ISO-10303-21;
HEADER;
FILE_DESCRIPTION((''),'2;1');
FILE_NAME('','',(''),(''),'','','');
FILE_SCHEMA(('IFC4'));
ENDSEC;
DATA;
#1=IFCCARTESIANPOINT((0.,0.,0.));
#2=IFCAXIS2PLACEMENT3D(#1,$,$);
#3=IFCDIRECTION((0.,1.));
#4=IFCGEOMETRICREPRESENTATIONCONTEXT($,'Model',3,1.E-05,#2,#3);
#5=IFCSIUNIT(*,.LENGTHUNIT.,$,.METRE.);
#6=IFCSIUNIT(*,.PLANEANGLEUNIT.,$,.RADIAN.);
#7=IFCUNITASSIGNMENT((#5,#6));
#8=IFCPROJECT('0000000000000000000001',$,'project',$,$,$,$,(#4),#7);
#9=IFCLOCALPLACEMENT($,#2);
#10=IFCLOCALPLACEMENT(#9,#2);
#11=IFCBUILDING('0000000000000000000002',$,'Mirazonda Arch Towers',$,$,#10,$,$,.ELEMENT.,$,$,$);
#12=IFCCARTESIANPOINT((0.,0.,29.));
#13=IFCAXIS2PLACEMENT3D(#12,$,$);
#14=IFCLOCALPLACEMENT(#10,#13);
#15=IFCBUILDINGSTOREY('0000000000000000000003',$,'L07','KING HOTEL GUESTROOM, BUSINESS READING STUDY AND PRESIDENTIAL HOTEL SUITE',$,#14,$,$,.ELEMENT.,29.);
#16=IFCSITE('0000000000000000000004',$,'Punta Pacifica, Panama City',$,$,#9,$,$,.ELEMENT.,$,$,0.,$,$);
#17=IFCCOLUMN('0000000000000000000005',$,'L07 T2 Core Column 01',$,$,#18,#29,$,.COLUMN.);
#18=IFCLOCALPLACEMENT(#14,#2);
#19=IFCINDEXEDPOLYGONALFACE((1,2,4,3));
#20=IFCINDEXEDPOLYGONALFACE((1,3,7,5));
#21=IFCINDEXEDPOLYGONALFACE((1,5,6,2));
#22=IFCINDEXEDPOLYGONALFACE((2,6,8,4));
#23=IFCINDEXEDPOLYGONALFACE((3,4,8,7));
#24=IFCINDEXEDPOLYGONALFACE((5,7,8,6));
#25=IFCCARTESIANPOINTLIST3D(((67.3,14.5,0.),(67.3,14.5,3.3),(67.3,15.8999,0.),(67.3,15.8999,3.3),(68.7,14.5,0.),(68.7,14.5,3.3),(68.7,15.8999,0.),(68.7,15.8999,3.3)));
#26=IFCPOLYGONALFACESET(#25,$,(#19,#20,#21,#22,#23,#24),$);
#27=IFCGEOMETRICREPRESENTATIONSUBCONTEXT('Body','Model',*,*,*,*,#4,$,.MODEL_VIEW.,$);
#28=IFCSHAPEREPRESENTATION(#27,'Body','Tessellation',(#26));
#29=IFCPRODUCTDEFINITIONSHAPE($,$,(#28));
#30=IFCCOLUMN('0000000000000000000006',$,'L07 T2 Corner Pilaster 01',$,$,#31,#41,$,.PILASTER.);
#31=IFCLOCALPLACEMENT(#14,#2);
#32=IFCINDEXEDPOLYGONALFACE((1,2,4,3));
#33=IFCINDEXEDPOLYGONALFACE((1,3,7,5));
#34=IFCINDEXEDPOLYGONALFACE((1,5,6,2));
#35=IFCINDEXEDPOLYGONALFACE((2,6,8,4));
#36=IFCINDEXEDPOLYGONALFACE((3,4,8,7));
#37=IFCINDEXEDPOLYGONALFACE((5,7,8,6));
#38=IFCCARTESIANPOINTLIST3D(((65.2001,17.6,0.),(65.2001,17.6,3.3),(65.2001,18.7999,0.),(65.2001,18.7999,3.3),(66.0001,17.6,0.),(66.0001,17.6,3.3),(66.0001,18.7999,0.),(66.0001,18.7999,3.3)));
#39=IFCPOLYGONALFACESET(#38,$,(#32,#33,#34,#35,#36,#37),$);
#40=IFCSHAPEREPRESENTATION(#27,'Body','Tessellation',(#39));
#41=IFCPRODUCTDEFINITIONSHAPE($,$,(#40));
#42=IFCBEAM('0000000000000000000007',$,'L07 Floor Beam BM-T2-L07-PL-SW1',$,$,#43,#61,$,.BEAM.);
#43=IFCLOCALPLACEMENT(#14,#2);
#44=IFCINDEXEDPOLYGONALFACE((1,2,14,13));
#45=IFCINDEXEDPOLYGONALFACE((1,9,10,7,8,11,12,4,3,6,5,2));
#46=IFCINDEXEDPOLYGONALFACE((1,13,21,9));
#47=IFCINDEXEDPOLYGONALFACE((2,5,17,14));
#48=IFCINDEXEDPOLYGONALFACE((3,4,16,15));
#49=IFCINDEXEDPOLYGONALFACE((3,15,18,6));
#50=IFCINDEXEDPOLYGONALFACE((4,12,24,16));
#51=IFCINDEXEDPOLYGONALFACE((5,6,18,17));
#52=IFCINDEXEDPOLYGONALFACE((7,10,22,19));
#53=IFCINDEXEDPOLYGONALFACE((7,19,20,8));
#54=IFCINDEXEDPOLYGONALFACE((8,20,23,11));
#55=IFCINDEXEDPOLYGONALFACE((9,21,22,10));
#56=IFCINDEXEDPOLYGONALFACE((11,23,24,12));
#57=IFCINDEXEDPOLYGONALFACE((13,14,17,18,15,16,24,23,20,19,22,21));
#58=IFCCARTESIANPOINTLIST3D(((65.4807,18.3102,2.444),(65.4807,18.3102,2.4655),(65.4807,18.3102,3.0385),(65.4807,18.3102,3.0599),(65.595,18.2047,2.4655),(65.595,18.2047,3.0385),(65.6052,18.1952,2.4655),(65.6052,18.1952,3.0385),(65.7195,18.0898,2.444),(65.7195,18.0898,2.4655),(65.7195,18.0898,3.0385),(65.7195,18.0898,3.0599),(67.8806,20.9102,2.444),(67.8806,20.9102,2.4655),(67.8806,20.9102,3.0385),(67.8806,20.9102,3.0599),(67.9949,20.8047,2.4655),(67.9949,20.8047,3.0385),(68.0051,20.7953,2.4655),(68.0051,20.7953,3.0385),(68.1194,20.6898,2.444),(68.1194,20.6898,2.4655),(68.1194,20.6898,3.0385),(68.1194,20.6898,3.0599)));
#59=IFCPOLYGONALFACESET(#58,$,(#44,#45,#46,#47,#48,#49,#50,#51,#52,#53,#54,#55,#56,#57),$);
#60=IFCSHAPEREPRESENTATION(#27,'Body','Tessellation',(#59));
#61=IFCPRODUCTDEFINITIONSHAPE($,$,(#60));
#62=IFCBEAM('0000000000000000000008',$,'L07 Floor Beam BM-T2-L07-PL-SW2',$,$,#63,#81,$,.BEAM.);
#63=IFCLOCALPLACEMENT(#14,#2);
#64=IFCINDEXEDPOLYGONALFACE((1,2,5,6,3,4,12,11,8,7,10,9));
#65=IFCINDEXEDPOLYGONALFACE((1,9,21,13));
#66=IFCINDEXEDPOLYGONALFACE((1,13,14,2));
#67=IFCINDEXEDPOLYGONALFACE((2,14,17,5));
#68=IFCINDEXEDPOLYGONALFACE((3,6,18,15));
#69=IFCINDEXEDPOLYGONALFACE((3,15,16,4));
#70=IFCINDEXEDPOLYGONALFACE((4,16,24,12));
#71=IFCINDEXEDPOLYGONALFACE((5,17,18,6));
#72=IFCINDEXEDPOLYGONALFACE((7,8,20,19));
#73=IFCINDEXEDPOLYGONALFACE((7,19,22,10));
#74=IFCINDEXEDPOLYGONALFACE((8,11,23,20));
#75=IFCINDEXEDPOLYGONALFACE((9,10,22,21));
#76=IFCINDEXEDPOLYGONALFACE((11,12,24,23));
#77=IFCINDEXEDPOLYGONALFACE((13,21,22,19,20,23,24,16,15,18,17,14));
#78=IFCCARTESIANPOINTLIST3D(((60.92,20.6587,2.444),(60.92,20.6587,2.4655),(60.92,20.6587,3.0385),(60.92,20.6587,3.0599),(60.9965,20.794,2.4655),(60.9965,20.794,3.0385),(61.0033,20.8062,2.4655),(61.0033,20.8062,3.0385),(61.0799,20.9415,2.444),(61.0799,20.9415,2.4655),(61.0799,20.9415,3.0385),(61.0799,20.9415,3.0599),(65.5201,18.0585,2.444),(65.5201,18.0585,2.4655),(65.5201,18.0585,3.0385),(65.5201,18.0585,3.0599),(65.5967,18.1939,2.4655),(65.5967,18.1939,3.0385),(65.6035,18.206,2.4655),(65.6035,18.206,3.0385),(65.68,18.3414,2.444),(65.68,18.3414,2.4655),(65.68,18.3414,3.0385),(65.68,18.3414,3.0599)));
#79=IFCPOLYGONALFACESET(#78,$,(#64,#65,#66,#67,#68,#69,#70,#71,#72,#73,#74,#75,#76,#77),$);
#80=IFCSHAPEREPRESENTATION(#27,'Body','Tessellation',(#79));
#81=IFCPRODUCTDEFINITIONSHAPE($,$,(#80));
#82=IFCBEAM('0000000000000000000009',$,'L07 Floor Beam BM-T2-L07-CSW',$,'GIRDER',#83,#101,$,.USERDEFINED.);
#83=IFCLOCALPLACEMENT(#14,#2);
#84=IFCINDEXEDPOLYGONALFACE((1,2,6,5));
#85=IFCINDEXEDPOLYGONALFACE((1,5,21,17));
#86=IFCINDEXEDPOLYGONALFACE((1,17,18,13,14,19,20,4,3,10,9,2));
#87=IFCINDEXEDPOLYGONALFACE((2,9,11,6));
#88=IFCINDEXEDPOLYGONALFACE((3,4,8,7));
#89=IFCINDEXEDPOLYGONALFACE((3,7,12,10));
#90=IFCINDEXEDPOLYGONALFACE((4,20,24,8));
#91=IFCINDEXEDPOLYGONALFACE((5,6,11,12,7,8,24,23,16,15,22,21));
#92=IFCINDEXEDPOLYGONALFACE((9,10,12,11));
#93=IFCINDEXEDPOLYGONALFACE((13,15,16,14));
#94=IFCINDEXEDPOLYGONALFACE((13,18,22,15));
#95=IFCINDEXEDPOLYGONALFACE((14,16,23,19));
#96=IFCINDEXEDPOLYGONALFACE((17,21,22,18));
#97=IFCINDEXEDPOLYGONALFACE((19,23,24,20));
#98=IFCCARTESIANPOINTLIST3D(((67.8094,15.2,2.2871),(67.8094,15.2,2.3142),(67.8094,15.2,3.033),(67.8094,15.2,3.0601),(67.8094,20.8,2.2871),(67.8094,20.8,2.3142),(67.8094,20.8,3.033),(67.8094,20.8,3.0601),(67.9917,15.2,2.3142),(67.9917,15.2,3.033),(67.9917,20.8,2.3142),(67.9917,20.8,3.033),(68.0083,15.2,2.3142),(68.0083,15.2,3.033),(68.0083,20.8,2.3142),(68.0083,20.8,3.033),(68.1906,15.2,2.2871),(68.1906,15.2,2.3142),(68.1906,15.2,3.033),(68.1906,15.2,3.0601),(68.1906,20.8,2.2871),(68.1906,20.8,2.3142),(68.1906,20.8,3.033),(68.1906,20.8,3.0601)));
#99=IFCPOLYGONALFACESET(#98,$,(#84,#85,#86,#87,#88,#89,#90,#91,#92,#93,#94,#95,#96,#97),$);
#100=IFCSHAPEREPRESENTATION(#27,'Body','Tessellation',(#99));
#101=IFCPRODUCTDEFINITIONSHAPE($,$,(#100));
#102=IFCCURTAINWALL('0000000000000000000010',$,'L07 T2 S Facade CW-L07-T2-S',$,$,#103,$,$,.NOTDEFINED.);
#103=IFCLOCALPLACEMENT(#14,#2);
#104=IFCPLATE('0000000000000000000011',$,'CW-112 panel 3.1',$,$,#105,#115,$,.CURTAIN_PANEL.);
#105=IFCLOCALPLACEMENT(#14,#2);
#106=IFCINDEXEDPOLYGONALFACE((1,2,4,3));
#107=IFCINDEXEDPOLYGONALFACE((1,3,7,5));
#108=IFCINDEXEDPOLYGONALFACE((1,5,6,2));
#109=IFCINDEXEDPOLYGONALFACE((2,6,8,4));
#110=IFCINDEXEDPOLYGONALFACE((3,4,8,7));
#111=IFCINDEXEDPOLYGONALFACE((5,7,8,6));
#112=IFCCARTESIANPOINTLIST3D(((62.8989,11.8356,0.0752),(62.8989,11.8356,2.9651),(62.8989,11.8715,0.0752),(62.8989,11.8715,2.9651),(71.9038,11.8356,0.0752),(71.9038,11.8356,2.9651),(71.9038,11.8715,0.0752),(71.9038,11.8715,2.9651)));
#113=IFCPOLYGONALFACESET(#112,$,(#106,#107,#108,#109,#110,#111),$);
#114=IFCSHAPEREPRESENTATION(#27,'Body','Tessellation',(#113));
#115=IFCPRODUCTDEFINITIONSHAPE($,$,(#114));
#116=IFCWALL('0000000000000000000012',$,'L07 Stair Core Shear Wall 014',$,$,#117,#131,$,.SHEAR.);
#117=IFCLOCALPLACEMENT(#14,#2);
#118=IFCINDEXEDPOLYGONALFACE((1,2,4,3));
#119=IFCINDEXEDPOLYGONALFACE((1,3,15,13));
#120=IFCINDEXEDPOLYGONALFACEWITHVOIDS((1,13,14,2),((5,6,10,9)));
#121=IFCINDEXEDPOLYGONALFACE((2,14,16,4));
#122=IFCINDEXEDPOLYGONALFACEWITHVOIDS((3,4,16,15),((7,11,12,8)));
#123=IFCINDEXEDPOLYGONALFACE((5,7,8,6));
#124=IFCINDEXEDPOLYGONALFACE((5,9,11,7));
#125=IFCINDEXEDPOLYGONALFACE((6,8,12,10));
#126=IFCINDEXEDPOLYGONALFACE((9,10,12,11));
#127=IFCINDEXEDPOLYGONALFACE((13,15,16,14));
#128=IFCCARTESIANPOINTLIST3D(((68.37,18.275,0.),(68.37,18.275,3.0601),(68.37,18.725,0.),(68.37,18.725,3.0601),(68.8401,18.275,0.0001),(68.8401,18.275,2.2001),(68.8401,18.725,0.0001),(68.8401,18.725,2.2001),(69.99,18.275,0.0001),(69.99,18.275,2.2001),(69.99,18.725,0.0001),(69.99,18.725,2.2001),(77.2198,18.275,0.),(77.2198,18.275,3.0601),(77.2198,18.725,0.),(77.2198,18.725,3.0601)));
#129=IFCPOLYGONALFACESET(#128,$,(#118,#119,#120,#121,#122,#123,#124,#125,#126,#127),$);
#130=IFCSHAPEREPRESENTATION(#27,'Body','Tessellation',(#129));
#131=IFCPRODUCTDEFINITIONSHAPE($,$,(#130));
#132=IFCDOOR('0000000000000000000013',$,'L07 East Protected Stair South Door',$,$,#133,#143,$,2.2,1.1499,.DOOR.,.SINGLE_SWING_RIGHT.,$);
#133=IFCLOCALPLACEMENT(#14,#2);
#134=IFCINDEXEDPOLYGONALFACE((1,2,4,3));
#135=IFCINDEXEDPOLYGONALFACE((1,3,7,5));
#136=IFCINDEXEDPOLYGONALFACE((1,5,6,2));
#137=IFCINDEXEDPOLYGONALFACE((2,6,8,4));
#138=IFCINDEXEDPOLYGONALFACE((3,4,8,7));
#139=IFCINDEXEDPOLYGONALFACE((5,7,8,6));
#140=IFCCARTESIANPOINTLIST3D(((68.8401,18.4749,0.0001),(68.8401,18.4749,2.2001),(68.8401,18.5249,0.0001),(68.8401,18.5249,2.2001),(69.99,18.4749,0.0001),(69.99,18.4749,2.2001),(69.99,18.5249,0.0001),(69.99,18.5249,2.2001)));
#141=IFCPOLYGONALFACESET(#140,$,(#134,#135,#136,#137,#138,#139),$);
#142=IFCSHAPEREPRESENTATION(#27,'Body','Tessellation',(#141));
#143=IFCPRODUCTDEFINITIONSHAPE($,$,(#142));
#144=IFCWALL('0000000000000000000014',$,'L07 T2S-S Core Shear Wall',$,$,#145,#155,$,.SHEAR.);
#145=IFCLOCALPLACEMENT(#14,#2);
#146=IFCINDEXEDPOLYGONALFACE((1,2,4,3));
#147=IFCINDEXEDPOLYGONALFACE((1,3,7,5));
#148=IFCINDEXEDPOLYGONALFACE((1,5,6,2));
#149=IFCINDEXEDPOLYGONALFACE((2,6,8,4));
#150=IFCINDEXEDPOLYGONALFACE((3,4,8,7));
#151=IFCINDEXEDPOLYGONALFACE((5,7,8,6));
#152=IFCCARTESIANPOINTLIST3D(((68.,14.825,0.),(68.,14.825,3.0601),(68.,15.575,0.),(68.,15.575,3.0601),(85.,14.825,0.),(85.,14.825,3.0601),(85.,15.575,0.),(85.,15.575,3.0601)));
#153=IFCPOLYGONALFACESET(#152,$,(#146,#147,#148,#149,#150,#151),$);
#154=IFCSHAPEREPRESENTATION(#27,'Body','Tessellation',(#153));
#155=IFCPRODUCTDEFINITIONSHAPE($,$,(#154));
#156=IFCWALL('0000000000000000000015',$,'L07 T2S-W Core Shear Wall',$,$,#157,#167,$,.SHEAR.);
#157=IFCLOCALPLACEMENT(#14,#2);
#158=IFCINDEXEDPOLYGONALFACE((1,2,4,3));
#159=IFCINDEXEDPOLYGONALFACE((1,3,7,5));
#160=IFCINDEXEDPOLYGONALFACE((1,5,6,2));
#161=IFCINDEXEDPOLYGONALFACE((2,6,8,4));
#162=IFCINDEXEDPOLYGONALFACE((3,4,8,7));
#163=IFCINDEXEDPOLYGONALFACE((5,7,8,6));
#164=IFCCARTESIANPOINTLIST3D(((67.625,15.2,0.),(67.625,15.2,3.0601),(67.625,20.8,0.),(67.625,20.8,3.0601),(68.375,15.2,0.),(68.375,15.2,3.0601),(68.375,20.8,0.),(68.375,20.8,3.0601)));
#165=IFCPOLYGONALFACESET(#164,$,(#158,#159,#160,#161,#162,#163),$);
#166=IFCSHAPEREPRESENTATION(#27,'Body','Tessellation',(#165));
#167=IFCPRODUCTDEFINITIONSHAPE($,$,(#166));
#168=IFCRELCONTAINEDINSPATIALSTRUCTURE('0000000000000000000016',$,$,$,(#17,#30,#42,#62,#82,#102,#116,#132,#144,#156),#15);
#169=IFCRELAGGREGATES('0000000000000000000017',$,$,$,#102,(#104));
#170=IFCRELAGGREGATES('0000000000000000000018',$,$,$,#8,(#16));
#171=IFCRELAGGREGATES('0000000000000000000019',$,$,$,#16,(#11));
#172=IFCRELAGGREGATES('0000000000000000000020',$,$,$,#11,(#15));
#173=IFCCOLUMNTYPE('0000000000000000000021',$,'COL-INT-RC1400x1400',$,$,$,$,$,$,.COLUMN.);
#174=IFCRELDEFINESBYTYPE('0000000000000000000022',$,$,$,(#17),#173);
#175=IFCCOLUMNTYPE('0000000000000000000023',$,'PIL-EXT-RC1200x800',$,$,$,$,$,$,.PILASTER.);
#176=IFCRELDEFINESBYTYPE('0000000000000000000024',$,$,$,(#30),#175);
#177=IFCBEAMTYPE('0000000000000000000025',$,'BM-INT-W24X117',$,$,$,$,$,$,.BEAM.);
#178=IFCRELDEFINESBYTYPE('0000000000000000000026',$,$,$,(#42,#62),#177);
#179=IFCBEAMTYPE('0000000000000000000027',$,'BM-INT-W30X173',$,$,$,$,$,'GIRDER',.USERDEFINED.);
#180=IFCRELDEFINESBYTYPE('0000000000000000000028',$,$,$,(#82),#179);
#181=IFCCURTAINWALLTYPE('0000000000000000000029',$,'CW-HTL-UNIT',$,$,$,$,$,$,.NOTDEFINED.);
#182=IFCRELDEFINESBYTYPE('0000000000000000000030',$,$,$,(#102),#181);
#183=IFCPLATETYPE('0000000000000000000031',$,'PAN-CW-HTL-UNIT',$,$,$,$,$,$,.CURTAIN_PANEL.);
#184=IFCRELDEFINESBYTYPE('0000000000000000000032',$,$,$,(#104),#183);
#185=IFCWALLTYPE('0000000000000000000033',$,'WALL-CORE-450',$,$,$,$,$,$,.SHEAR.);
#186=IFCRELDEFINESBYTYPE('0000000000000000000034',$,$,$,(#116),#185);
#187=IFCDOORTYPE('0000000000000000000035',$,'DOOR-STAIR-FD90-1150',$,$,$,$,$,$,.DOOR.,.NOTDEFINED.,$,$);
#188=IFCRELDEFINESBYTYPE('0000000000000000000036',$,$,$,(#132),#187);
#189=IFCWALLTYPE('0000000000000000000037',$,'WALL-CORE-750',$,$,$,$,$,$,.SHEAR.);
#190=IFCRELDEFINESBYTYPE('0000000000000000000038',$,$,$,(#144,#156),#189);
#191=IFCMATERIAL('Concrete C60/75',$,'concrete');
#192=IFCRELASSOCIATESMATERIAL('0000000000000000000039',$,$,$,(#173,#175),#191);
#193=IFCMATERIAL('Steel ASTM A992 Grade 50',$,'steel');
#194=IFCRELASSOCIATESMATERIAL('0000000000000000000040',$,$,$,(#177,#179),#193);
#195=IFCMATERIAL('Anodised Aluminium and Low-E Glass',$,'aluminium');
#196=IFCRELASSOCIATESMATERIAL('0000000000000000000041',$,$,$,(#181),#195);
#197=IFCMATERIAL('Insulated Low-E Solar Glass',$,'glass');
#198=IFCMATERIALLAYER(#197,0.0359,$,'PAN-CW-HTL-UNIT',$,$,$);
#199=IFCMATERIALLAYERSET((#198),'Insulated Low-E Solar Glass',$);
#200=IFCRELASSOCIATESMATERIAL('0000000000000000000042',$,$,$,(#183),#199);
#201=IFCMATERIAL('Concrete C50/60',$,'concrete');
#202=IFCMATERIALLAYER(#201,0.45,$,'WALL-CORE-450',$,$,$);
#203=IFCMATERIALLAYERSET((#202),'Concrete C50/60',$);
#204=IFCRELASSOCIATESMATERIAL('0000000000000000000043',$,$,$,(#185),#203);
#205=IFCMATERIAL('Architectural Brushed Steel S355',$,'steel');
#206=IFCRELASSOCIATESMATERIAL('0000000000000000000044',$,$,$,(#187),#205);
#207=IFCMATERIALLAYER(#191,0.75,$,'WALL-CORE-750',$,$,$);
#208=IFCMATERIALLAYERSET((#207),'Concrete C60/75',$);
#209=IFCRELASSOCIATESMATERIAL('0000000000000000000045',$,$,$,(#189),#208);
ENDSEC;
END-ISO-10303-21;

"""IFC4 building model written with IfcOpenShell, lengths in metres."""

from ifc_helpers import new_model, si_unit, direction, frame, frame_2d, origin, origin_2d, place, context, subcontext, project, spatial, rectangle, i_section, extrude, material, layer, layer_set, material_profile, profile_set, type_object, element, fill, aggregate, save


model = new_model("IFC4")

# Units and contexts
model_context = context("Model", 3, precision=1e-05, world=origin(), true_north=direction((0.0, 1.0)))
body_context = subcontext(model_context, "Body", "Model", "MODEL_VIEW")
ifc_project = project(units=[si_unit("LENGTHUNIT", "METRE"), si_unit("PLANEANGLEUNIT", "RADIAN")], contexts=[model_context])

# Site, building, storey
site_placement = place(None, origin())
site = spatial("IfcSite", under=ifc_project, at=site_placement, Name="Punta Pacifica, Panama City", CompositionType="ELEMENT", RefElevation=0.0)
building_placement = place(site_placement, origin())
building = spatial("IfcBuilding", under=site, at=building_placement, Name="Mirazonda Arch Towers", CompositionType="ELEMENT")
storey_placement = place(building_placement, frame((0.0, 0.0, 29.0)))
storey = spatial("IfcBuildingStorey", under=building, at=storey_placement, Name="L07", Description="KING HOTEL GUESTROOM, BUSINESS READING STUDY AND PRESIDENTIAL HOTEL SUITE", CompositionType="ELEMENT", Elevation=29.0)

# Columns
ifc_material_1 = material(Name="Concrete C60/75", Category="concrete")
ifc_material_profile_1 = material_profile(ifc_material_1, rectangle(XDim=1.3999, YDim=1.3999, at=origin_2d()), Name="RC1400x1400")
ifc_profile_set_1 = profile_set([ifc_material_profile_1], Name="Concrete C60/75")
column_type_1 = type_object("IfcColumnType", Name="COL-INT-RC1400x1400", PredefinedType="COLUMN", material=ifc_profile_set_1)
column_1_placement = place(storey_placement, frame((68.0, 15.2, 0.0), z_axis=(0.0, 0.0, 1.0), x_axis=(1.0, 0.0, 0.0)))
element("IfcColumn", 1, at=column_1_placement, inside=storey, type_object=column_type_1, Name="L07 T2 Core Column 01", PredefinedType="COLUMN", context=body_context, shape_type="SweptSolid", body=[
    extrude(rectangle(XDim=1.3999, YDim=1.3999, at=origin_2d()), origin(), (0.0, 0.0, 1.0), 3.3),
])
ifc_material_profile_2 = material_profile(ifc_material_1, rectangle(XDim=0.8, YDim=1.2, at=origin_2d()), Name="RC1200x800")
ifc_profile_set_2 = profile_set([ifc_material_profile_2], Name="Concrete C60/75")
column_type_2 = type_object("IfcColumnType", Name="PIL-EXT-RC1200x800", PredefinedType="PILASTER", material=ifc_profile_set_2)
column_2_placement = place(storey_placement, frame((65.6001, 18.2, 0.0), z_axis=(0.0, 0.0, 1.0), x_axis=(1.0, 0.0, 0.0)))
element("IfcColumn", 2, at=column_2_placement, inside=storey, type_object=column_type_2, Name="L07 T2 Corner Pilaster 01", PredefinedType="PILASTER", context=body_context, shape_type="SweptSolid", body=[
    extrude(rectangle(XDim=0.8, YDim=1.2, at=origin_2d()), origin(), (0.0, 0.0, 1.0), 3.3),
])

# Beams
ifc_material_2 = material(Name="Steel ASTM A992 Grade 50", Category="steel")
ifc_material_profile_3 = material_profile(ifc_material_2, i_section(OverallWidth=0.325, OverallDepth=0.616, WebThickness=0.0139, FlangeThickness=0.0215, at=origin_2d()), Name="W24X117")
ifc_profile_set_3 = profile_set([ifc_material_profile_3], Name="Steel ASTM A992 Grade 50")
beam_type_1 = type_object("IfcBeamType", Name="BM-INT-W24X117", PredefinedType="BEAM", material=ifc_profile_set_3)
beam_1_placement = place(storey_placement, frame((65.6001, 18.2, 2.752), z_axis=(0.678251, 0.73483, 0.0), x_axis=(-0.73483, 0.678251, 0.0)))
element("IfcBeam", 3, at=beam_1_placement, inside=storey, type_object=beam_type_1, Name="L07 Floor Beam BM-T2-L07-PL-SW1", PredefinedType="BEAM", context=body_context, shape_type="SweptSolid", body=[
    extrude(i_section(OverallWidth=0.325, OverallDepth=0.616, WebThickness=0.0139, FlangeThickness=0.0215, at=origin_2d()), origin(), (0.0, 0.0, 1.0), 3.5383),
])
beam_2_placement = place(storey_placement, frame((65.6001, 18.2, 2.752), z_axis=(-0.870559, 0.492063, 0.0), x_axis=(-0.492063, -0.870559, 0.0)))
element("IfcBeam", 4, at=beam_2_placement, inside=storey, type_object=beam_type_1, Name="L07 Floor Beam BM-T2-L07-PL-SW2", PredefinedType="BEAM", context=body_context, shape_type="SweptSolid", body=[
    extrude(i_section(OverallWidth=0.325, OverallDepth=0.616, WebThickness=0.0139, FlangeThickness=0.0215, at=origin_2d()), origin(), (0.0, 0.0, 1.0), 5.2842),
])
ifc_material_profile_4 = material_profile(ifc_material_2, i_section(OverallWidth=0.3811, OverallDepth=0.7729, WebThickness=0.0166, FlangeThickness=0.0271, at=origin_2d()), Name="W30X173")
ifc_profile_set_4 = profile_set([ifc_material_profile_4], Name="Steel ASTM A992 Grade 50")
beam_type_2 = type_object("IfcBeamType", Name="BM-INT-W30X173", ElementType="GIRDER", PredefinedType="USERDEFINED", material=ifc_profile_set_4)
beam_3_placement = place(storey_placement, frame((68.0, 15.2, 2.6736), z_axis=(0.0, 1.0, 0.0), x_axis=(-1.0, 0.0, 0.0)))
element("IfcBeam", 5, at=beam_3_placement, inside=storey, type_object=beam_type_2, Name="L07 Floor Beam BM-T2-L07-CSW", ObjectType="GIRDER", PredefinedType="USERDEFINED", context=body_context, shape_type="SweptSolid", body=[
    extrude(i_section(OverallWidth=0.3811, OverallDepth=0.7729, WebThickness=0.0166, FlangeThickness=0.0271, at=origin_2d()), origin(), (0.0, 0.0, 1.0), 5.6001),
])

# Curtain wall, plate
ifc_material_3 = material(Name="Anodised Aluminium and Low-E Glass", Category="aluminium")
curtain_wall_type = type_object("IfcCurtainWallType", Name="CW-HTL-UNIT", PredefinedType="NOTDEFINED", material=ifc_material_3)
curtain_wall_placement = place(storey_placement, origin())
curtain_wall = element("IfcCurtainWall", 6, at=curtain_wall_placement, inside=storey, type_object=curtain_wall_type, Name="L07 T2 S Facade CW-L07-T2-S", PredefinedType="NOTDEFINED")
ifc_material_4 = material(Name="Insulated Low-E Solar Glass", Category="glass")
ifc_layer_1 = layer(ifc_material_4, 0.0359, Name="PAN-CW-HTL-UNIT")
ifc_layer_set_1 = layer_set([ifc_layer_1], Name="Insulated Low-E Solar Glass")
plate_type = type_object("IfcPlateType", Name="PAN-CW-HTL-UNIT", PredefinedType="CURTAIN_PANEL", material=ifc_layer_set_1)
plate_placement = place(storey_placement, frame((67.4014, 11.8535, 0.0752), z_axis=(0.0, 0.0, 1.0), x_axis=(-1.0, 0.0, 0.0)))
plate = element("IfcPlate", 7, at=plate_placement, type_object=plate_type, Name="CW-112 panel 3.1", PredefinedType="CURTAIN_PANEL", context=body_context, shape_type="SweptSolid", body=[
    extrude(rectangle(XDim=9.0049, YDim=0.0359, at=origin_2d()), origin(), (0.0, 0.0, 1.0), 2.8899),
])
aggregate(curtain_wall, [plate])

# Wall, opening, door
ifc_material_5 = material(Name="Concrete C50/60", Category="concrete")
ifc_layer_2 = layer(ifc_material_5, 0.45, Name="WALL-CORE-450")
ifc_layer_set_2 = layer_set([ifc_layer_2], Name="Concrete C50/60")
wall_type_1 = type_object("IfcWallType", Name="WALL-CORE-450", PredefinedType="SHEAR", material=ifc_layer_set_2)
wall_1_placement = place(storey_placement, frame((68.3701, 18.5, 0.0), z_axis=(0.0, 0.0, 1.0), x_axis=(1.0, 0.0, 0.0)))
wall_1 = element("IfcWall", 8, at=wall_1_placement, inside=storey, type_object=wall_type_1, Name="L07 Stair Core Shear Wall 014", PredefinedType="SHEAR", context=body_context, shape_type="SweptSolid", body=[
    extrude(rectangle(XDim=8.8499, YDim=0.45, at=frame_2d((4.4248, 0.0))), origin(), (0.0, 0.0, 1.0), 3.0601),
])
opening_1_placement = place(wall_1_placement, frame((0.47, 0.0, 0.0)))
opening_1 = element("IfcOpeningElement", 9, at=opening_1_placement, cuts=wall_1, PredefinedType="OPENING", context=body_context, shape_type="SweptSolid", body=[
    extrude(rectangle(XDim=1.1499, YDim=2.2, at=frame_2d((0.575, 1.1001))), frame((0.0, 0.2349, 0.0), z_axis=(0.0, -1.0, 0.0), x_axis=(1.0, 0.0, 0.0)), (0.0, 0.0, 1.0), 0.47),
])
ifc_material_6 = material(Name="Architectural Brushed Steel S355", Category="steel")
door_type_1 = type_object("IfcDoorType", Name="DOOR-STAIR-FD90-1150", OperationType="NOTDEFINED", PredefinedType="DOOR", material=ifc_material_6)
door_1_placement = place(opening_1_placement, origin())
door_1 = element("IfcDoor", 10, at=door_1_placement, inside=storey, type_object=door_type_1, Name="L07 East Protected Stair South Door", OperationType="SINGLE_SWING_RIGHT", OverallHeight=2.2, OverallWidth=1.1499, PredefinedType="DOOR", context=body_context, shape_type="SweptSolid", body=[
    extrude(rectangle(XDim=1.1499, YDim=2.2, at=frame_2d((0.575, 1.1001))), frame((0.0, 0.0249, 0.0), z_axis=(0.0, -1.0, 0.0), x_axis=(1.0, 0.0, 0.0)), (0.0, 0.0, 1.0), 0.05),
])
fill(opening_1, door_1)

# Walls
ifc_layer_3 = layer(ifc_material_1, 0.75, Name="WALL-CORE-750")
ifc_layer_set_3 = layer_set([ifc_layer_3], Name="Concrete C60/75")
wall_type_2 = type_object("IfcWallType", Name="WALL-CORE-750", PredefinedType="SHEAR", material=ifc_layer_set_3)
wall_2_placement = place(storey_placement, frame((68.0, 15.2, 0.0), z_axis=(0.0, 0.0, 1.0), x_axis=(1.0, 0.0, 0.0)))
element("IfcWall", 11, at=wall_2_placement, inside=storey, type_object=wall_type_2, Name="L07 T2S-S Core Shear Wall", PredefinedType="SHEAR", context=body_context, shape_type="SweptSolid", body=[
    extrude(rectangle(XDim=17.0, YDim=0.75, at=frame_2d((8.5, 0.0))), origin(), (0.0, 0.0, 1.0), 3.0601),
])
wall_3_placement = place(storey_placement, frame((68.0, 15.2, 0.0), z_axis=(0.0, 0.0, 1.0), x_axis=(0.0, 1.0, 0.0)))
element("IfcWall", 12, at=wall_3_placement, inside=storey, type_object=wall_type_2, Name="L07 T2S-W Core Shear Wall", PredefinedType="SHEAR", context=body_context, shape_type="SweptSolid", body=[
    extrude(rectangle(XDim=5.6001, YDim=0.75, at=frame_2d((2.8, 0.0))), origin(), (0.0, 0.0, 1.0), 3.0601),
])

save(model, "model.ifc")
